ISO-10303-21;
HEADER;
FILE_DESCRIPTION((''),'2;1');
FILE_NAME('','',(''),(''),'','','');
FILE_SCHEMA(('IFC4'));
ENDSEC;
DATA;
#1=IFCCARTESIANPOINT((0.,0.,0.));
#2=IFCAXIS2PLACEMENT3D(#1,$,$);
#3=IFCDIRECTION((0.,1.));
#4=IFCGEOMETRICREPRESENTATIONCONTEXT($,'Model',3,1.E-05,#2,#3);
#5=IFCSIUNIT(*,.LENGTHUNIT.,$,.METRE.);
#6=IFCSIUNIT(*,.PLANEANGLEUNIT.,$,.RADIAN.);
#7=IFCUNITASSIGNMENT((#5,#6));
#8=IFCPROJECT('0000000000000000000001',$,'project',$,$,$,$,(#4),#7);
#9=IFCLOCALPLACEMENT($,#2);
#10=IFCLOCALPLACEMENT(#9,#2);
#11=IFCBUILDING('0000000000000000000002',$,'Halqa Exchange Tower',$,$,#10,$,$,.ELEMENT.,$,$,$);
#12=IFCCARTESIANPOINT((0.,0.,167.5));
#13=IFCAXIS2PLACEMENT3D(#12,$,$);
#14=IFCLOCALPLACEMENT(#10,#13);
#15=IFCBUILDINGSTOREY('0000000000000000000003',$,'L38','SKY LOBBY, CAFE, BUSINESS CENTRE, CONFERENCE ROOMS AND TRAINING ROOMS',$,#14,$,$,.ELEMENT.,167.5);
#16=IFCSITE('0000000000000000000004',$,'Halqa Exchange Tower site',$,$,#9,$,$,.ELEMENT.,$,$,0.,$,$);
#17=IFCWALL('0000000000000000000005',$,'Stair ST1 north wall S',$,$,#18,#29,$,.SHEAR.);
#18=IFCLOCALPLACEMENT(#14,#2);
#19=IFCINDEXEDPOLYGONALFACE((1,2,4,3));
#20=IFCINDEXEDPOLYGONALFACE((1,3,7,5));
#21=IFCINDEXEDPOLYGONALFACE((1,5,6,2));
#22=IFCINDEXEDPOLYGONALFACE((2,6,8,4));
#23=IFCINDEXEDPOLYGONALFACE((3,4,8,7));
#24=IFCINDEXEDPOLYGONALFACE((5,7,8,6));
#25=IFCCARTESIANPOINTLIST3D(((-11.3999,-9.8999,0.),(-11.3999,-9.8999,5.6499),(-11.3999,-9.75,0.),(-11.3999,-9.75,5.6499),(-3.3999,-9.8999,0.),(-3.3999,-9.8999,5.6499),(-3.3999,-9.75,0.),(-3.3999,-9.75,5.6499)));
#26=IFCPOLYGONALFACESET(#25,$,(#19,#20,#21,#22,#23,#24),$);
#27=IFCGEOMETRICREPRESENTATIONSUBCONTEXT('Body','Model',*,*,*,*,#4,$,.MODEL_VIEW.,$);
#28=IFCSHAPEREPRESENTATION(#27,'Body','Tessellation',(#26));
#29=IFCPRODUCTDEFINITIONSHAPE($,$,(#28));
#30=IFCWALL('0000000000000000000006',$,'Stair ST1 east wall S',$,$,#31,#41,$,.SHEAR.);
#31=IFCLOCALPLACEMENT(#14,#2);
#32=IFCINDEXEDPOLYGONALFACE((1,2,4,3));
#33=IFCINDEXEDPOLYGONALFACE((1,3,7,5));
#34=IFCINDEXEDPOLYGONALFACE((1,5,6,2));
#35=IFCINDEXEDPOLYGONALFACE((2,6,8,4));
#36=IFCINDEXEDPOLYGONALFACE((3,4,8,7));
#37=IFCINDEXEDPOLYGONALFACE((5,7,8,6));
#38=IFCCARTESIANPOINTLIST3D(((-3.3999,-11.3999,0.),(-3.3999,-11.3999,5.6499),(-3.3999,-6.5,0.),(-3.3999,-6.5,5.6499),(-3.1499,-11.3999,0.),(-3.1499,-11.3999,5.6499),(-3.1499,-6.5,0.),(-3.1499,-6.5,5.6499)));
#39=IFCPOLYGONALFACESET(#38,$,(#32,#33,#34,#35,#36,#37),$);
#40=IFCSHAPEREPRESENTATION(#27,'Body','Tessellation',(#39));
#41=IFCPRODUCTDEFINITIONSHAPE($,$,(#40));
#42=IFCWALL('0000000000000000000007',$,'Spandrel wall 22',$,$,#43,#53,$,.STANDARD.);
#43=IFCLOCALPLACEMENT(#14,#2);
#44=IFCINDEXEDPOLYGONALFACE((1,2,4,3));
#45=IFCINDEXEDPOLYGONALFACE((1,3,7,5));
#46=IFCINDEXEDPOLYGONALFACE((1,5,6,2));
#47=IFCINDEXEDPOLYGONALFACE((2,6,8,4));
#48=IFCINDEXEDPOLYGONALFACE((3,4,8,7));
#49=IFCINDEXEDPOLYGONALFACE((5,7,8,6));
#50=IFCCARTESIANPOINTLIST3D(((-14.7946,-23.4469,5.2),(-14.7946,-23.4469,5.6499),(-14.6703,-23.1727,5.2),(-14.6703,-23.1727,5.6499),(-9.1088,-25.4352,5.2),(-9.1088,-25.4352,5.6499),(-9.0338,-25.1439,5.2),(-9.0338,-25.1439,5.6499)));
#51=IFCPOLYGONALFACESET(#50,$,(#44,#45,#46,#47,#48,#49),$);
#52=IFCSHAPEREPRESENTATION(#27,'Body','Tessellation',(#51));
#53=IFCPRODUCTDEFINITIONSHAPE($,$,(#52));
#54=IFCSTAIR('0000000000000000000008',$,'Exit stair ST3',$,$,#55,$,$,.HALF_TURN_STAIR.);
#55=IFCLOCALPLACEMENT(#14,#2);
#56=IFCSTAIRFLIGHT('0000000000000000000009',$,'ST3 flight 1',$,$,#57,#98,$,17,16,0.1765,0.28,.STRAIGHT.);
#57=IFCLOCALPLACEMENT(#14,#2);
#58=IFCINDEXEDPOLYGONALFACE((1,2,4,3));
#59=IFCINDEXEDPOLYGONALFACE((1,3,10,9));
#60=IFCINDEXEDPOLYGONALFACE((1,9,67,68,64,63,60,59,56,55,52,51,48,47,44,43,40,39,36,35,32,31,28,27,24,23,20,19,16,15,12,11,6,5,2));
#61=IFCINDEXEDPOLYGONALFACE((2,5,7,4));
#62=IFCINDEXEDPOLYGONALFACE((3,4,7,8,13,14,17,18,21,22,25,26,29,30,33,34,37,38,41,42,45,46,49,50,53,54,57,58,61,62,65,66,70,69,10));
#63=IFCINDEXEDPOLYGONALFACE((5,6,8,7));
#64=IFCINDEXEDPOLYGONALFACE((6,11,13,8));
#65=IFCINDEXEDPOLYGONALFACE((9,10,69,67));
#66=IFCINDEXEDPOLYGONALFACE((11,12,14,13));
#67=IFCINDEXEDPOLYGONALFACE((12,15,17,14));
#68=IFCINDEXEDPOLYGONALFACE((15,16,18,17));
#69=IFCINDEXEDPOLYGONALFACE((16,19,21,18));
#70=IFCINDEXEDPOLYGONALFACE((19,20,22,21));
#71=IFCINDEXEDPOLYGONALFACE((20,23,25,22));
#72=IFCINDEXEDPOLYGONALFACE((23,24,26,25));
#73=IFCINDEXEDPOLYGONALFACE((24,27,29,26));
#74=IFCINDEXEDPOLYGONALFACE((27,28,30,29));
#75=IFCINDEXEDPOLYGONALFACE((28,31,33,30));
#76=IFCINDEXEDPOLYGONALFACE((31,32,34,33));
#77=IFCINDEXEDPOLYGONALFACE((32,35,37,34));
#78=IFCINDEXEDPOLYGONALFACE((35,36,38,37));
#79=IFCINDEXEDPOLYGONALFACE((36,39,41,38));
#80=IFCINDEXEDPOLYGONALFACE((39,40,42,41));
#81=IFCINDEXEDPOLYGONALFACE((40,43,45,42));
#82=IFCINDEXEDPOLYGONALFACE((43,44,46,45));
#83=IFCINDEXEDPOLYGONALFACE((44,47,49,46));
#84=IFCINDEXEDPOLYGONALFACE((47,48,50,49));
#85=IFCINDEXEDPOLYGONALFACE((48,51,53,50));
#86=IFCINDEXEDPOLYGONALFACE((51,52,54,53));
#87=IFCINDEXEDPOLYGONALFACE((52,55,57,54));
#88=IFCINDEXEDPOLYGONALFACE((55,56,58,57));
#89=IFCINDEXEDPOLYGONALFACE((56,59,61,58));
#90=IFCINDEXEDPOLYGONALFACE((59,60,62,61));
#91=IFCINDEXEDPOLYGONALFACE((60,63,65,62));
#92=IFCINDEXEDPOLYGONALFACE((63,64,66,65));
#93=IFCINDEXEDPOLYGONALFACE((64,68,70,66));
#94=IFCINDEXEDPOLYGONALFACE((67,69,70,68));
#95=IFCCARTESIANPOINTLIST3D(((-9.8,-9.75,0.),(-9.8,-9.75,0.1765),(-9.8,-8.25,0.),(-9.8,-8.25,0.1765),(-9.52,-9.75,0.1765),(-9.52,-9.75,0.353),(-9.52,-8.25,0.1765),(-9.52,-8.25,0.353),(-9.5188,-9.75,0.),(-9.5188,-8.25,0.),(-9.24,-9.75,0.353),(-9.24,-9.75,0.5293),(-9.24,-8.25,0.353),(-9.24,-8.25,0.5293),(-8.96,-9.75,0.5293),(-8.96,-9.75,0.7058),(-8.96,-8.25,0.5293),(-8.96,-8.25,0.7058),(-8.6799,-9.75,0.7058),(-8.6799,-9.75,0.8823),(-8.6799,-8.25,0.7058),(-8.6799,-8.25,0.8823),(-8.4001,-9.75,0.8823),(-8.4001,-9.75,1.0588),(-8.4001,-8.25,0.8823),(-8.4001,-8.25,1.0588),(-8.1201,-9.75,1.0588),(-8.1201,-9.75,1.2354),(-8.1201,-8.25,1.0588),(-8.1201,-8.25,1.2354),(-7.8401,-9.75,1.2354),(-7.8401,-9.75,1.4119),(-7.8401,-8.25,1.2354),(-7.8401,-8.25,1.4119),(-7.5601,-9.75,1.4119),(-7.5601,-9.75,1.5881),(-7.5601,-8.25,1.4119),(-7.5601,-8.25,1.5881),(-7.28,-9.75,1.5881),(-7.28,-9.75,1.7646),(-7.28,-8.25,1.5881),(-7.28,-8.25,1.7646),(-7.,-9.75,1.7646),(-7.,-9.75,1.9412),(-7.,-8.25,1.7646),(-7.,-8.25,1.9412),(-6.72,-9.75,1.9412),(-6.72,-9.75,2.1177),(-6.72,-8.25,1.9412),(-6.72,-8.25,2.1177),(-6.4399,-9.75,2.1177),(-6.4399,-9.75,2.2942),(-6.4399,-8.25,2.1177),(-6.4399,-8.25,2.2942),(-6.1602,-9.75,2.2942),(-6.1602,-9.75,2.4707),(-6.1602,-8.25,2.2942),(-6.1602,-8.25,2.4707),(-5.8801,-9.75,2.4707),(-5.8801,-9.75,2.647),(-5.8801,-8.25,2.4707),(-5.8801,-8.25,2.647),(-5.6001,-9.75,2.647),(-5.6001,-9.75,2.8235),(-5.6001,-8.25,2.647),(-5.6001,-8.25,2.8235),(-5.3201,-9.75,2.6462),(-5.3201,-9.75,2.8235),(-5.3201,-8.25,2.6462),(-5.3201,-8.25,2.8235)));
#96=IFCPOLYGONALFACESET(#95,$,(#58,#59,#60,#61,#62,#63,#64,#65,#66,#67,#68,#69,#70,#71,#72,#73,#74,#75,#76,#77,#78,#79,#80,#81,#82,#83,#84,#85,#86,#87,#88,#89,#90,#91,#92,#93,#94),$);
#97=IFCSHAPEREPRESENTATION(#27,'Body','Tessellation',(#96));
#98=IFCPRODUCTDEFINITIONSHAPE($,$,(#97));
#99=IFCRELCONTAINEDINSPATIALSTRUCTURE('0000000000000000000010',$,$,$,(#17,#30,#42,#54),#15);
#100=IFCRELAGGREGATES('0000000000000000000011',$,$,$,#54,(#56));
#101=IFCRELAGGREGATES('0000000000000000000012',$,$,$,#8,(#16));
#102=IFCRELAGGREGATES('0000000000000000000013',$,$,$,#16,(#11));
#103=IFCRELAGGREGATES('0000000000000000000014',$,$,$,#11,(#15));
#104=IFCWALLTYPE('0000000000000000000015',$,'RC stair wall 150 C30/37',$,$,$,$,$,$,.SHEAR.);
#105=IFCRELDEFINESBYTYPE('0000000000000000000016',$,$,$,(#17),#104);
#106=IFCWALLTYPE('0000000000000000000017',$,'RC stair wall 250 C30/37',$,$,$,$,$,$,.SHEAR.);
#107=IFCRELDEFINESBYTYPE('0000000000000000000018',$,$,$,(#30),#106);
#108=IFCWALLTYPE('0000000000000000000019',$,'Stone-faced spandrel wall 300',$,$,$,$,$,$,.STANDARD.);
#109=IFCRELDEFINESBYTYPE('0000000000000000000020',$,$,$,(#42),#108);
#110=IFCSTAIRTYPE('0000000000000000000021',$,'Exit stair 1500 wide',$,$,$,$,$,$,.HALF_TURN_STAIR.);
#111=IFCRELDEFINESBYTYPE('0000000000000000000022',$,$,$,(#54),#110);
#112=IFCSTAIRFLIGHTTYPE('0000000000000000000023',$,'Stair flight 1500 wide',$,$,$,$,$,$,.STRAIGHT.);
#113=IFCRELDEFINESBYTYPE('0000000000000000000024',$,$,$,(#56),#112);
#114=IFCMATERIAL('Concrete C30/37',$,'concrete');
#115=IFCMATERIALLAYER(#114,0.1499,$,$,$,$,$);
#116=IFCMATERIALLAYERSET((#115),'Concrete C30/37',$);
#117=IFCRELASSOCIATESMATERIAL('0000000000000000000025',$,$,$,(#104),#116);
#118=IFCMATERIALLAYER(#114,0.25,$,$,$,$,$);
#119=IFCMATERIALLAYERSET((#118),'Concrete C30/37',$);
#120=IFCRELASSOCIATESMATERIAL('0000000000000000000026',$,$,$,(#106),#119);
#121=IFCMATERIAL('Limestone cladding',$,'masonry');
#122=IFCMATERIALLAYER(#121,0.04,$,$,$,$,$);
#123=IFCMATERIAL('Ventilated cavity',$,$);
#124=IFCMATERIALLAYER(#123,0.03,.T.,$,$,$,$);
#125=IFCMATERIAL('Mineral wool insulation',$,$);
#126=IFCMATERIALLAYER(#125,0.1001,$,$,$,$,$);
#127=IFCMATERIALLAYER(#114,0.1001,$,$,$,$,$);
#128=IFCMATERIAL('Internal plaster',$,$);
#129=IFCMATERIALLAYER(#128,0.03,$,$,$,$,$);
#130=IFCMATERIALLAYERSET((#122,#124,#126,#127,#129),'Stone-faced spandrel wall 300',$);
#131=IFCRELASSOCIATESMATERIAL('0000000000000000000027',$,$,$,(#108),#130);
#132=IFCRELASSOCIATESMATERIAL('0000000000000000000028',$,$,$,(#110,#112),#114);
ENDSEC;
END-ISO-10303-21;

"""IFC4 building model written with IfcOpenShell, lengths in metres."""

from ifc_helpers import new_model, si_unit, direction, frame, frame_2d, origin, place, context, subcontext, project, spatial, polyline, rectangle, outline, extrude, material, layer, layer_set, type_object, element, aggregate, save


model = new_model("IFC4")

# Units and contexts
model_context = context("Model", 3, precision=1e-05, world=origin(), true_north=direction((0.0, 1.0)))
body_context = subcontext(model_context, "Body", "Model", "MODEL_VIEW")
ifc_project = project(units=[si_unit("LENGTHUNIT", "METRE"), si_unit("PLANEANGLEUNIT", "RADIAN")], contexts=[model_context])

# Site, building, storey
site_placement = place(None, origin())
site = spatial("IfcSite", under=ifc_project, at=site_placement, Name="Halqa Exchange Tower site", CompositionType="ELEMENT", RefElevation=0.0)
building_placement = place(site_placement, origin())
building = spatial("IfcBuilding", under=site, at=building_placement, Name="Halqa Exchange Tower", CompositionType="ELEMENT")
storey_placement = place(building_placement, frame((0.0, 0.0, 167.5)))
storey = spatial("IfcBuildingStorey", under=building, at=storey_placement, Name="L38", Description="SKY LOBBY, CAFE, BUSINESS CENTRE, CONFERENCE ROOMS AND TRAINING ROOMS", CompositionType="ELEMENT", Elevation=167.5)

# Walls
ifc_material_1 = material(Name="Concrete C30/37", Category="concrete")
ifc_layer_1 = layer(ifc_material_1, 0.1499)
ifc_layer_set_1 = layer_set([ifc_layer_1], Name="Concrete C30/37")
wall_type_1 = type_object("IfcWallType", Name="RC stair wall 150 C30/37", PredefinedType="SHEAR", material=ifc_layer_set_1)
wall_1_placement = place(storey_placement, frame((-11.3999, -9.825, 0.0), z_axis=(0.0, 0.0, 1.0), x_axis=(1.0, 0.0, 0.0)))
element("IfcWall", 1, at=wall_1_placement, inside=storey, type_object=wall_type_1, Name="Stair ST1 north wall S", PredefinedType="SHEAR", context=body_context, shape_type="SweptSolid", body=[
    extrude(rectangle(XDim=8.0, YDim=0.1499, at=frame_2d((4.0, 0.0))), origin(), (0.0, 0.0, 1.0), 5.6499),
])
ifc_layer_2 = layer(ifc_material_1, 0.25)
ifc_layer_set_2 = layer_set([ifc_layer_2], Name="Concrete C30/37")
wall_type_2 = type_object("IfcWallType", Name="RC stair wall 250 C30/37", PredefinedType="SHEAR", material=ifc_layer_set_2)
wall_2_placement = place(storey_placement, frame((-3.2749, -11.3999, 0.0), z_axis=(0.0, 0.0, 1.0), x_axis=(0.0, 1.0, 0.0)))
element("IfcWall", 2, at=wall_2_placement, inside=storey, type_object=wall_type_2, Name="Stair ST1 east wall S", PredefinedType="SHEAR", context=body_context, shape_type="SweptSolid", body=[
    extrude(rectangle(XDim=4.8999, YDim=0.25, at=frame_2d((2.45, 0.0))), origin(), (0.0, 0.0, 1.0), 5.6499),
])
ifc_material_2 = material(Name="Limestone cladding", Category="masonry")
ifc_layer_3 = layer(ifc_material_2, 0.04)
ifc_material_3 = material(Name="Ventilated cavity")
ifc_layer_4 = layer(ifc_material_3, 0.03, ventilated=True)
ifc_material_4 = material(Name="Mineral wool insulation")
ifc_layer_5 = layer(ifc_material_4, 0.1001)
ifc_layer_6 = layer(ifc_material_1, 0.1001)
ifc_material_5 = material(Name="Internal plaster")
ifc_layer_7 = layer(ifc_material_5, 0.03)
ifc_layer_set_3 = layer_set([ifc_layer_3, ifc_layer_4, ifc_layer_5, ifc_layer_6, ifc_layer_7], Name="Stone-faced spandrel wall 300")
wall_type_3 = type_object("IfcWallType", Name="Stone-faced spandrel wall 300", PredefinedType="STANDARD", material=ifc_layer_set_3)
wall_3_placement = place(storey_placement, frame((-14.7324, -23.3098, 5.2), z_axis=(0.0, 0.0, 1.0), x_axis=(0.943945, -0.330104, 0.0)))
element("IfcWall", 3, at=wall_3_placement, inside=storey, type_object=wall_type_3, Name="Spandrel wall 22", PredefinedType="STANDARD", context=body_context, shape_type="SweptSolid", body=[
    extrude(outline(polyline([(-0.0134, -0.1499), (6.01, -0.1499), (5.9846, 0.1499), (0.0134, 0.1499), (-0.0134, -0.1499)])), origin(), (0.0, 0.0, 1.0), 0.45),
])

# Stair, stair flight
stair_type = type_object("IfcStairType", Name="Exit stair 1500 wide", PredefinedType="HALF_TURN_STAIR", material=ifc_material_1)
stair_placement = place(storey_placement, origin())
stair = element("IfcStair", 4, at=stair_placement, inside=storey, type_object=stair_type, Name="Exit stair ST3", PredefinedType="HALF_TURN_STAIR")
stair_flight_type = type_object("IfcStairFlightType", Name="Stair flight 1500 wide", PredefinedType="STRAIGHT", material=ifc_material_1)
stair_flight_placement = place(storey_placement, frame((-9.8, -9.0, 0.0), z_axis=(0.0, 0.0, 1.0), x_axis=(1.0, 0.0, 0.0)))
stair_flight = element("IfcStairFlight", 5, at=stair_flight_placement, type_object=stair_flight_type, Name="ST3 flight 1", NumberOfRisers=17, NumberOfTreads=16, PredefinedType="STRAIGHT", RiserHeight=0.1765, TreadLength=0.28, context=body_context, shape_type="SweptSolid", body=[
    extrude(outline(polyline([(0.0, 0.0), (0.0, 0.1765), (0.28, 0.1765), (0.28, 0.353), (0.5601, 0.353), (0.5601, 0.5293), (0.8401, 0.5293), (0.8401, 0.7058), (1.1201, 0.7058), (1.1201, 0.8823), (1.3999, 0.8823), (1.3999, 1.0588), (1.6799, 1.0588), (1.6799, 1.2354), (1.96, 1.2354), (1.96, 1.4119), (2.24, 1.4119), (2.24, 1.5881), (2.52, 1.5881), (2.52, 1.7646), (2.8, 1.7646), (2.8, 1.9412), (3.0801, 1.9412), (3.0801, 2.1177), (3.3601, 2.1177), (3.3601, 2.2942), (3.6399, 2.2942), (3.6399, 2.4707), (3.9199, 2.4707), (3.9199, 2.647), (4.2, 2.647), (4.2, 2.8235), (4.48, 2.8235), (4.48, 3.0), (4.48, 2.6462), (0.2812, 0.0), (0.0, 0.0)])), frame((0.0, 0.75, 0.0), z_axis=(0.0, -1.0, 0.0), x_axis=(1.0, 0.0, 0.0)), (0.0, 0.0, 1.0), 1.5),
])
aggregate(stair, [stair_flight])

save(model, "model.ifc")
